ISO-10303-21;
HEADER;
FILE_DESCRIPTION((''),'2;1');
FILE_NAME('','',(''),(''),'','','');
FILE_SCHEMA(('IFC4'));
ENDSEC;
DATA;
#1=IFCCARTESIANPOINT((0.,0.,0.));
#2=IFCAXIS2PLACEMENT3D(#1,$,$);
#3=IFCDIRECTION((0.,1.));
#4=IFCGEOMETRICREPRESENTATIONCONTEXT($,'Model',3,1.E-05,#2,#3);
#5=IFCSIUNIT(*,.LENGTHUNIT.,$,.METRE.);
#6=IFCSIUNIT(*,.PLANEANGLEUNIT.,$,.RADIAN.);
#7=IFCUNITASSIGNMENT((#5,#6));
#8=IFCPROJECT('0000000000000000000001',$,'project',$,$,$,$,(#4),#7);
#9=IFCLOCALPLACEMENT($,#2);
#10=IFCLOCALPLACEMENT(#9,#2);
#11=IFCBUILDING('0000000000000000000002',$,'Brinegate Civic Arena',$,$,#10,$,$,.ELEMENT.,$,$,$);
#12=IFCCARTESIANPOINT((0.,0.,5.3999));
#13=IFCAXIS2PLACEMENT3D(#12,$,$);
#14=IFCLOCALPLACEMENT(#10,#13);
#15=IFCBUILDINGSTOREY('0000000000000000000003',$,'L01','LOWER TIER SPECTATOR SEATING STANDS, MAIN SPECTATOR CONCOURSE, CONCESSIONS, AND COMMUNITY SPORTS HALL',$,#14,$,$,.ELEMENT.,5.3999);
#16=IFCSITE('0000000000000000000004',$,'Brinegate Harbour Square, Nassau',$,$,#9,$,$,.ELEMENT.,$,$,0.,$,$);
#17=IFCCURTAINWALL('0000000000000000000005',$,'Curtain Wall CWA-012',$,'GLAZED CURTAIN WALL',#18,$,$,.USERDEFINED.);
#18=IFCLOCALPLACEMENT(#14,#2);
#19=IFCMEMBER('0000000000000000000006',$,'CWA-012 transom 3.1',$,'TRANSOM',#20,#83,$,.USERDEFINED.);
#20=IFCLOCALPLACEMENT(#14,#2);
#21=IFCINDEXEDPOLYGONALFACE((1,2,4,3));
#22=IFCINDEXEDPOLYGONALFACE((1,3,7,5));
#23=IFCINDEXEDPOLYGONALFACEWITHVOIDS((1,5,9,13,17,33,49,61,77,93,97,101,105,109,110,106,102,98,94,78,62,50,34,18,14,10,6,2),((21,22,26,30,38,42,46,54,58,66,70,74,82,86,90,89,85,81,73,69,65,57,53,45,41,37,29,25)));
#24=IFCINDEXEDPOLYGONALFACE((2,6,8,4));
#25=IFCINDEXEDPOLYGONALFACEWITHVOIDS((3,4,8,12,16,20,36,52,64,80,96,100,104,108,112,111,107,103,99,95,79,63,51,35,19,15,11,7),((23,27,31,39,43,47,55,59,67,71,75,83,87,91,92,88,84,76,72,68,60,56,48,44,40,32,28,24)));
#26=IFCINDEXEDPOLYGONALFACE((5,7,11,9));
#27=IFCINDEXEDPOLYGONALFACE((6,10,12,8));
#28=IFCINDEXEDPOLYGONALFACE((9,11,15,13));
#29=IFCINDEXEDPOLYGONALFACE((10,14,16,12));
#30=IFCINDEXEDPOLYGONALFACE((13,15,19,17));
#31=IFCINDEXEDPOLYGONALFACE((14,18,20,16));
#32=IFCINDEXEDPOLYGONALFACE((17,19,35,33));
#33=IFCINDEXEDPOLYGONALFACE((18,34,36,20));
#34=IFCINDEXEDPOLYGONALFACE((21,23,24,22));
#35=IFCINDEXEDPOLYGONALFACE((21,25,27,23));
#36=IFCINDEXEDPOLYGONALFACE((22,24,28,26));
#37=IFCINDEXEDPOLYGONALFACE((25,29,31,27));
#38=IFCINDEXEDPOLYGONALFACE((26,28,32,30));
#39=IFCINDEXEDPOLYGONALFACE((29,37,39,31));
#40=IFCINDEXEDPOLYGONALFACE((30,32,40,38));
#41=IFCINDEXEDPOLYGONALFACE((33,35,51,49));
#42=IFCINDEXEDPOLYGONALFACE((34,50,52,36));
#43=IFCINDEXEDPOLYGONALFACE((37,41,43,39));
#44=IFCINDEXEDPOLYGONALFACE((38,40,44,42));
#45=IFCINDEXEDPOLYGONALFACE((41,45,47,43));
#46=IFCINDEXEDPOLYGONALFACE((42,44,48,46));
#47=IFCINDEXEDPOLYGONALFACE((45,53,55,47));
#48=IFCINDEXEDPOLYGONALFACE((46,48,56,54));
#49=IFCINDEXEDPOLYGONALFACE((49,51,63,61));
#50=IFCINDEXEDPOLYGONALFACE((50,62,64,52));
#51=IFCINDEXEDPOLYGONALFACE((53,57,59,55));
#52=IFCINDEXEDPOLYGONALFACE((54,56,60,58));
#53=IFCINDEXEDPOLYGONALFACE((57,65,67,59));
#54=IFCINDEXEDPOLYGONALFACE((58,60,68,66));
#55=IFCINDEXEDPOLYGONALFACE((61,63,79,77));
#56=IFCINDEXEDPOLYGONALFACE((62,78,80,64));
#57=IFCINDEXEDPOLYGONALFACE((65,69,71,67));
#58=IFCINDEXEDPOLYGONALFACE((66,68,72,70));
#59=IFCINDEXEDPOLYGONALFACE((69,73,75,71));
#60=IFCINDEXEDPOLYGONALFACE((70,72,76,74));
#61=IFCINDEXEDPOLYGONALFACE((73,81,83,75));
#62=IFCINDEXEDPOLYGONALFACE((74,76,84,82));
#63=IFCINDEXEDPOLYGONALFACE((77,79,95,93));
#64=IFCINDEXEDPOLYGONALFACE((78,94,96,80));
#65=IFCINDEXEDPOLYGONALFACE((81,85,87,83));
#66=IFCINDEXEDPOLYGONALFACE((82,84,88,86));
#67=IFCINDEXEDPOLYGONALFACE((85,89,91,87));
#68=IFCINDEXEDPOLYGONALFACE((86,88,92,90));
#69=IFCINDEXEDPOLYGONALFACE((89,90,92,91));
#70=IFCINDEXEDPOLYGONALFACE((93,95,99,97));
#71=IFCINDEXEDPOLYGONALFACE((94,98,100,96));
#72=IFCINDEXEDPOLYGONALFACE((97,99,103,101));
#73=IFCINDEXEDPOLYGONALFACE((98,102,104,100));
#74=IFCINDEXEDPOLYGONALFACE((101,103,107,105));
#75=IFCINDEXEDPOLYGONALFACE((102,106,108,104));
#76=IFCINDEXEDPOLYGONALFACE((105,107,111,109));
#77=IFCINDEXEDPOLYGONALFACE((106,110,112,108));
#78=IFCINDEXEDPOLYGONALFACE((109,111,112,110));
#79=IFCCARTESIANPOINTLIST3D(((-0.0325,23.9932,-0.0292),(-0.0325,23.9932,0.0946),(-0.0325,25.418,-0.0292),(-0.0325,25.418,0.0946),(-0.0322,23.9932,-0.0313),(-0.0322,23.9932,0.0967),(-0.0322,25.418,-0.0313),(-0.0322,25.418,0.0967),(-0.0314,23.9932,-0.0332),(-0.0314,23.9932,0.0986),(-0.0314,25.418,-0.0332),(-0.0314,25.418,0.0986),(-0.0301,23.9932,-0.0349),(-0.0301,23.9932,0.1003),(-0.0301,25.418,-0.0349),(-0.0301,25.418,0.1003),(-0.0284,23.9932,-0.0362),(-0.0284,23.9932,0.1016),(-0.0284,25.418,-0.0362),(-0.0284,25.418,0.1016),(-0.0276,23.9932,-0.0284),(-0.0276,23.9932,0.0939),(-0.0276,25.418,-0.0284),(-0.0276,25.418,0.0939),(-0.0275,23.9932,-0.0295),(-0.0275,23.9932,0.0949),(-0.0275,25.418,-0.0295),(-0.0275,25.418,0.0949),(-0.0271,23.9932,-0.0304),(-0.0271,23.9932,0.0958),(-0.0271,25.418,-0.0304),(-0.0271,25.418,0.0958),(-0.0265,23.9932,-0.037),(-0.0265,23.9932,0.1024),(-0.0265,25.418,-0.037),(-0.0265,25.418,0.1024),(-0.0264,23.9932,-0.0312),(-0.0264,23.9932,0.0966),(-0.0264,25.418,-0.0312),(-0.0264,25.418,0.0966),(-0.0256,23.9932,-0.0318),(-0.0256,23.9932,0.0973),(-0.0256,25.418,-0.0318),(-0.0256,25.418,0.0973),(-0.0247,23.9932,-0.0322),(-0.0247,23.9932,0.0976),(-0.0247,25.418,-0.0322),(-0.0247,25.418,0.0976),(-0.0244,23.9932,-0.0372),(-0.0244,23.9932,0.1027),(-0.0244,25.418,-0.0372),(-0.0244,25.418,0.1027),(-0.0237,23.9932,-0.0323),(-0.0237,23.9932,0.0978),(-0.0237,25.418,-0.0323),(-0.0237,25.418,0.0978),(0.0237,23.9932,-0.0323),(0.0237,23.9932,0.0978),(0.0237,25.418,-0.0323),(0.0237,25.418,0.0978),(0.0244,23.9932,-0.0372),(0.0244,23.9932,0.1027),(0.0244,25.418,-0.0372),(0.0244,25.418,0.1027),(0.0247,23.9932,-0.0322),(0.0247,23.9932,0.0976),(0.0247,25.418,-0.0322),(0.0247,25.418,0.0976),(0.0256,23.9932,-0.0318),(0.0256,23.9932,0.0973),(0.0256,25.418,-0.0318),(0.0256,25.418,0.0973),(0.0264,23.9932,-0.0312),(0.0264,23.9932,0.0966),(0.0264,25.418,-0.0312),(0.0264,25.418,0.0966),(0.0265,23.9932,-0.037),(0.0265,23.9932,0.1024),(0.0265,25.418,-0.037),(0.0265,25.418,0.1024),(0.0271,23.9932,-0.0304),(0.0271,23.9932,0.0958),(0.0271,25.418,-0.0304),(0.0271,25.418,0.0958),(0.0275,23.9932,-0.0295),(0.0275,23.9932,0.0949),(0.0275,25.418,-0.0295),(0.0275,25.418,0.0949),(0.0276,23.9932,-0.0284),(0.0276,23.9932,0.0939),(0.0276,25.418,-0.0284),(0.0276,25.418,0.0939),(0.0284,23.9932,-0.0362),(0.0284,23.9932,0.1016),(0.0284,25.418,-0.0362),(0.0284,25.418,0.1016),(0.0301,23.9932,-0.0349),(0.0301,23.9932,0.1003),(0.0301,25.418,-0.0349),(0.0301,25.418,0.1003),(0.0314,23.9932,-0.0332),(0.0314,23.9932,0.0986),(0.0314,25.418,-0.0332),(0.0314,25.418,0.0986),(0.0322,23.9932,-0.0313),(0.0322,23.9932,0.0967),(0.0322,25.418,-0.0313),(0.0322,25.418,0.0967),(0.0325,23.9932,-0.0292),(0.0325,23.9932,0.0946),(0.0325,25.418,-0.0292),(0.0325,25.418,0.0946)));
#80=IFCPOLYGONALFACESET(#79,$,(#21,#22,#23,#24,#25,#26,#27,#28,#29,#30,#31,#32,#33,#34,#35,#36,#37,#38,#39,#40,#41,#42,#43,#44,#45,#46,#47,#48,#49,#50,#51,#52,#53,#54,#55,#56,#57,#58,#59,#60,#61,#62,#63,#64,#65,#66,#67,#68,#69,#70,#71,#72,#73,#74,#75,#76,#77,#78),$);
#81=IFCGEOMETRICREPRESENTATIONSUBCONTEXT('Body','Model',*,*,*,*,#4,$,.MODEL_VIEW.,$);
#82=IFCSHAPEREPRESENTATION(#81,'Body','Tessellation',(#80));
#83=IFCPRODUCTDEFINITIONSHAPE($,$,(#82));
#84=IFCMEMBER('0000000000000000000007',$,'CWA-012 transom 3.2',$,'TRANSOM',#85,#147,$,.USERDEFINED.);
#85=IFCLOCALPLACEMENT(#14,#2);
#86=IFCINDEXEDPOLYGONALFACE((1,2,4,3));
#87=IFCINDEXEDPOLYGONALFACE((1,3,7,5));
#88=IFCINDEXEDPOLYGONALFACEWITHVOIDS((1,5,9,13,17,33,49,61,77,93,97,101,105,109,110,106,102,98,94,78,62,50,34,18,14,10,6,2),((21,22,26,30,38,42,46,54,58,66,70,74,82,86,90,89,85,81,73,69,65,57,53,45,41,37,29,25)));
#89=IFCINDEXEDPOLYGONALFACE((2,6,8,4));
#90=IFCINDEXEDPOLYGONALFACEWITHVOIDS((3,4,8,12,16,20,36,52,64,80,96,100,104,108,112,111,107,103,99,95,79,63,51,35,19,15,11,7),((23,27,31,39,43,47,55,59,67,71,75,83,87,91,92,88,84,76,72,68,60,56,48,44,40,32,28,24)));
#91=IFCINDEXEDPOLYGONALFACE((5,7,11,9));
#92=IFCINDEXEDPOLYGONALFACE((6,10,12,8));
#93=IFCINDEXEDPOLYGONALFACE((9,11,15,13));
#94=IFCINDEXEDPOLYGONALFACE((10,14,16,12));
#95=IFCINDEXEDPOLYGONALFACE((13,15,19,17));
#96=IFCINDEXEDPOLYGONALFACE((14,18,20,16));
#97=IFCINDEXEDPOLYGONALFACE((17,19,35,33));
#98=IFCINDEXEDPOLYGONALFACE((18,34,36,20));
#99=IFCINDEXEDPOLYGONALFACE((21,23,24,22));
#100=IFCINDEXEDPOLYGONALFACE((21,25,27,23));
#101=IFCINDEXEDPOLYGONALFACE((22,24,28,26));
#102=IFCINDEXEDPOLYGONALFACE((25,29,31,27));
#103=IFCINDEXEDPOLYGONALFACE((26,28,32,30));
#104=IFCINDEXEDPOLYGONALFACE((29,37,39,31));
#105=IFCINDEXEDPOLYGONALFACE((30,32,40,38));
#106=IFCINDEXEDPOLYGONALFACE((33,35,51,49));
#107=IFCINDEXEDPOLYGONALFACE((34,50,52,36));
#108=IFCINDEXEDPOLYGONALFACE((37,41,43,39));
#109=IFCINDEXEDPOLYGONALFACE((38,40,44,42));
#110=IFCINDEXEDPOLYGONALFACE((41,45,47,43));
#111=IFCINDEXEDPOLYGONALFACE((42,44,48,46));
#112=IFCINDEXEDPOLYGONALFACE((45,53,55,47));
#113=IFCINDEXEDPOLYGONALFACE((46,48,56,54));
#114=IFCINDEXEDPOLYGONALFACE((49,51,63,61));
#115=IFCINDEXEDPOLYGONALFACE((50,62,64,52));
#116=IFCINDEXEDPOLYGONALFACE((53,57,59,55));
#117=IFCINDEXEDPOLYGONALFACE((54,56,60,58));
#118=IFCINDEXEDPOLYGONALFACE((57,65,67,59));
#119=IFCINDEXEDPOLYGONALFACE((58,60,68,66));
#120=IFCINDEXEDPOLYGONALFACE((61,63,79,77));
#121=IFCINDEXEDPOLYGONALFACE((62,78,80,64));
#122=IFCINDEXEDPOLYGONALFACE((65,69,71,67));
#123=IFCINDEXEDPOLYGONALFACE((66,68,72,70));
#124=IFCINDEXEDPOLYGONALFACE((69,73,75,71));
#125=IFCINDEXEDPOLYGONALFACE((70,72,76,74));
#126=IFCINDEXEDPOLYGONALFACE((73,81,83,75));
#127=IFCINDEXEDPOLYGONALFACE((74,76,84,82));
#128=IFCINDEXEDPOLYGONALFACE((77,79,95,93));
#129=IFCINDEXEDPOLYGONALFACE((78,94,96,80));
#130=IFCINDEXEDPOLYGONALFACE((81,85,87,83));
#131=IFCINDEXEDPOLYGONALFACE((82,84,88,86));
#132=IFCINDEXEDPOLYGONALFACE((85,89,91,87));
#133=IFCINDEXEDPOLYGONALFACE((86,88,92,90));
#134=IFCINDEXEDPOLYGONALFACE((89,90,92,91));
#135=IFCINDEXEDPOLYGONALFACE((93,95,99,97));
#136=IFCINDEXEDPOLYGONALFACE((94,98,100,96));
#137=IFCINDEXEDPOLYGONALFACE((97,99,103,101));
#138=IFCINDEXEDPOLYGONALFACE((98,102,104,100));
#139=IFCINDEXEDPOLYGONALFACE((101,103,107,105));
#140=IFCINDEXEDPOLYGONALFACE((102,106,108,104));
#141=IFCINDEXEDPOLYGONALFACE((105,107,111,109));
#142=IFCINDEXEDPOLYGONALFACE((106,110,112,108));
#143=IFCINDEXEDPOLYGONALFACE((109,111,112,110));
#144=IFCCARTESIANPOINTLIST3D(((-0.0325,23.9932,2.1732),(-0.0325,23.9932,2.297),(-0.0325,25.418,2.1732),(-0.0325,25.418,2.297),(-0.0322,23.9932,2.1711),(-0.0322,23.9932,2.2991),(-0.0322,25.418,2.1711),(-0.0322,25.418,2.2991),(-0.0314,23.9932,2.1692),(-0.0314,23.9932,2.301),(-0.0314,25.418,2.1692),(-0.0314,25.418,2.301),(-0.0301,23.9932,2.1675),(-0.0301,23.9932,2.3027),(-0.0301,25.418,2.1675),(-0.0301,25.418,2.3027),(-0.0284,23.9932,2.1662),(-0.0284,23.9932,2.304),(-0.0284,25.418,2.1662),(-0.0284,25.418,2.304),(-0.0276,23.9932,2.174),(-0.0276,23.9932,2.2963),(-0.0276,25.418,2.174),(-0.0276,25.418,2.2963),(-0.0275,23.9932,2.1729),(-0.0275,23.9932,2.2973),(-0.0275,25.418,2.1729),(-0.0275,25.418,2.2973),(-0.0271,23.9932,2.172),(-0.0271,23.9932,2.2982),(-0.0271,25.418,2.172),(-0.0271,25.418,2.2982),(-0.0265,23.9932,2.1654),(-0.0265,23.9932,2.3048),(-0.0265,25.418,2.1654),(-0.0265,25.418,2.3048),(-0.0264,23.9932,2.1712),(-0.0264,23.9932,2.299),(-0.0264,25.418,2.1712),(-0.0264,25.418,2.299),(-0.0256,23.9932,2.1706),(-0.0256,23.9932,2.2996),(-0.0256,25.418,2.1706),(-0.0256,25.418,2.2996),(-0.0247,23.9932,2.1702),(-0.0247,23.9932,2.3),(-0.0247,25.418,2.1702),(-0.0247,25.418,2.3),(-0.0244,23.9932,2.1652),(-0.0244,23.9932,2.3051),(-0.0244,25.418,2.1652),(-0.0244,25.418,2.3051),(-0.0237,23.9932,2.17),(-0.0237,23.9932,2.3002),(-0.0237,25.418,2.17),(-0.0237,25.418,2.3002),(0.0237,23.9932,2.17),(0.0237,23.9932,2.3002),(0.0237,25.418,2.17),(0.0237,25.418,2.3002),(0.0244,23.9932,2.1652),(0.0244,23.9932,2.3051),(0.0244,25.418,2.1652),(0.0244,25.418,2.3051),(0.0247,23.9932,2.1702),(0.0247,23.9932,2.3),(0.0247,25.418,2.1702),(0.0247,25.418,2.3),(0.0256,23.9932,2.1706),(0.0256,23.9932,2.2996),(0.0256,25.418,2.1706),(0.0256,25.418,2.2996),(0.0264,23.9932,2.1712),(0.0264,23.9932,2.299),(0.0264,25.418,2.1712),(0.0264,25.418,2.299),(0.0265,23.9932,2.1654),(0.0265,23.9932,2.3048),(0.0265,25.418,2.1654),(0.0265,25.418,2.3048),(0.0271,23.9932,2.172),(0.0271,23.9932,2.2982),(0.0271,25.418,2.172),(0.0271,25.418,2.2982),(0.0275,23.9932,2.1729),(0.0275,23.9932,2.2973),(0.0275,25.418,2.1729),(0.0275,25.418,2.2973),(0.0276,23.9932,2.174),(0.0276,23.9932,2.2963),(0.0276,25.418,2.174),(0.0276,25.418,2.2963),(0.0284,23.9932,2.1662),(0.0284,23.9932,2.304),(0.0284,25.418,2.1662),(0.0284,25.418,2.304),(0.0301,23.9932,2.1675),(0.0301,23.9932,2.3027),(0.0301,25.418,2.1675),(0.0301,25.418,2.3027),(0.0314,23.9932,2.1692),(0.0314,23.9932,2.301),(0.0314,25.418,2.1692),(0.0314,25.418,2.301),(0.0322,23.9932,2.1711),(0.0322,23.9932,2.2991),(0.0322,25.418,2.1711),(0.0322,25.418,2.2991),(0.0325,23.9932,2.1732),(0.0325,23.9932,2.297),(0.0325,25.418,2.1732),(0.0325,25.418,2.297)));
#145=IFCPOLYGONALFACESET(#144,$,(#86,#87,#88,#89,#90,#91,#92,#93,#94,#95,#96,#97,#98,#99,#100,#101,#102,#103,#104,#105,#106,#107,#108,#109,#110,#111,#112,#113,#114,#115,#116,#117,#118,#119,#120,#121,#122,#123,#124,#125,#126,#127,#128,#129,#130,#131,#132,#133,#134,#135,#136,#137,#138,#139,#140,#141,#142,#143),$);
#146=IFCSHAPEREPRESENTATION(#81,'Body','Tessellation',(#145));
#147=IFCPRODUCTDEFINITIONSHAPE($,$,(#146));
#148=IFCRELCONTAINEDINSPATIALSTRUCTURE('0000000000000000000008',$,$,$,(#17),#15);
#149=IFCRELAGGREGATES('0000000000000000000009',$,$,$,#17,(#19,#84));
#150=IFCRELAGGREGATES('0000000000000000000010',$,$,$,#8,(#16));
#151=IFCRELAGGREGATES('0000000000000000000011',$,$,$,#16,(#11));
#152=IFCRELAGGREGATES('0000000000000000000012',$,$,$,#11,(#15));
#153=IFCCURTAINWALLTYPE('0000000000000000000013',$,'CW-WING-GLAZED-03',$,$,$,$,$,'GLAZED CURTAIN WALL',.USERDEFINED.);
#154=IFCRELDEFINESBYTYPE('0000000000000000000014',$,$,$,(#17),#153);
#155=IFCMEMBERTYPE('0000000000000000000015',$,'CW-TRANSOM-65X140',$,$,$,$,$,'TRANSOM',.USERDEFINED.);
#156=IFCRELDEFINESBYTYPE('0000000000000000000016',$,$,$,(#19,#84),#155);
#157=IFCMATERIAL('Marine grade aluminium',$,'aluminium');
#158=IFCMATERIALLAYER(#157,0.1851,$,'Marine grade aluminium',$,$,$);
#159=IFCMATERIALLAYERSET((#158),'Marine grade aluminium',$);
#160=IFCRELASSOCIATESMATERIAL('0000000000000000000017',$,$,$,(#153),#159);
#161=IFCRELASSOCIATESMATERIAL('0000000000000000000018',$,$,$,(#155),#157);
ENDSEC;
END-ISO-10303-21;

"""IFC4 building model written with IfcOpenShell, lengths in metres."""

from ifc_helpers import new_model, si_unit, direction, frame, origin, origin_2d, place, context, subcontext, project, spatial, hollow_rectangle, extrude, material, layer, layer_set, material_profile, profile_set, type_object, element, aggregate, save


model = new_model("IFC4")

# Units and contexts
model_context = context("Model", 3, precision=1e-05, world=origin(), true_north=direction((0.0, 1.0)))
body_context = subcontext(model_context, "Body", "Model", "MODEL_VIEW")
ifc_project = project(units=[si_unit("LENGTHUNIT", "METRE"), si_unit("PLANEANGLEUNIT", "RADIAN")], contexts=[model_context])

# Site, building, storey
site_placement = place(None, origin())
site = spatial("IfcSite", under=ifc_project, at=site_placement, Name="Brinegate Harbour Square, Nassau", CompositionType="ELEMENT", RefElevation=0.0)
building_placement = place(site_placement, origin())
building = spatial("IfcBuilding", under=site, at=building_placement, Name="Brinegate Civic Arena", CompositionType="ELEMENT")
storey_placement = place(building_placement, frame((0.0, 0.0, 5.3999)))
storey = spatial("IfcBuildingStorey", under=building, at=storey_placement, Name="L01", Description="LOWER TIER SPECTATOR SEATING STANDS, MAIN SPECTATOR CONCOURSE, CONCESSIONS, AND COMMUNITY SPORTS HALL", CompositionType="ELEMENT", Elevation=5.3999)

# Curtain wall, members
ifc_material_1 = material(Name="Marine grade aluminium", Category="aluminium")
ifc_layer_1 = layer(ifc_material_1, 0.1851, Name="Marine grade aluminium")
ifc_layer_set_1 = layer_set([ifc_layer_1], Name="Marine grade aluminium")
curtain_wall_type = type_object("IfcCurtainWallType", Name="CW-WING-GLAZED-03", ElementType="GLAZED CURTAIN WALL", PredefinedType="USERDEFINED", material=ifc_layer_set_1)
curtain_wall_placement = place(storey_placement, origin())
curtain_wall = element("IfcCurtainWall", 1, at=curtain_wall_placement, inside=storey, type_object=curtain_wall_type, Name="Curtain Wall CWA-012", ObjectType="GLAZED CURTAIN WALL", PredefinedType="USERDEFINED")
ifc_material_profile_1 = material_profile(ifc_material_1, hollow_rectangle(XDim=0.0649, YDim=0.1399, WallThickness=0.0049, InnerFilletRadius=0.0039, OuterFilletRadius=0.0081, at=origin_2d()), Name="TRN65X140")
ifc_profile_set_1 = profile_set([ifc_material_profile_1], Name="Marine grade aluminium")
member_type_1 = type_object("IfcMemberType", Name="CW-TRANSOM-65X140", ElementType="TRANSOM", PredefinedType="USERDEFINED", material=ifc_profile_set_1)
member_1_placement = place(storey_placement, frame((0.0, 23.9932, 0.0327), z_axis=(0.0, 1.0, 0.0), x_axis=(-1.0, 0.0, 0.0)))
member_1 = element("IfcMember", 2, at=member_1_placement, type_object=member_type_1, Name="CWA-012 transom 3.1", ObjectType="TRANSOM", PredefinedType="USERDEFINED", context=body_context, shape_type="SweptSolid", body=[
    extrude(hollow_rectangle(XDim=0.0649, YDim=0.1399, WallThickness=0.0049, InnerFilletRadius=0.0039, OuterFilletRadius=0.0081, at=origin_2d()), origin(), (0.0, 0.0, 1.0), 1.4248),
])
member_2_placement = place(storey_placement, frame((0.0, 23.9932, 2.2351), z_axis=(0.0, 1.0, 0.0), x_axis=(-1.0, 0.0, 0.0)))
member_2 = element("IfcMember", 3, at=member_2_placement, type_object=member_type_1, Name="CWA-012 transom 3.2", ObjectType="TRANSOM", PredefinedType="USERDEFINED", context=body_context, shape_type="SweptSolid", body=[
    extrude(hollow_rectangle(XDim=0.0649, YDim=0.1399, WallThickness=0.0049, InnerFilletRadius=0.0039, OuterFilletRadius=0.0081, at=origin_2d()), origin(), (0.0, 0.0, 1.0), 1.4248),
])
aggregate(curtain_wall, [member_1, member_2])

save(model, "model.ifc")
